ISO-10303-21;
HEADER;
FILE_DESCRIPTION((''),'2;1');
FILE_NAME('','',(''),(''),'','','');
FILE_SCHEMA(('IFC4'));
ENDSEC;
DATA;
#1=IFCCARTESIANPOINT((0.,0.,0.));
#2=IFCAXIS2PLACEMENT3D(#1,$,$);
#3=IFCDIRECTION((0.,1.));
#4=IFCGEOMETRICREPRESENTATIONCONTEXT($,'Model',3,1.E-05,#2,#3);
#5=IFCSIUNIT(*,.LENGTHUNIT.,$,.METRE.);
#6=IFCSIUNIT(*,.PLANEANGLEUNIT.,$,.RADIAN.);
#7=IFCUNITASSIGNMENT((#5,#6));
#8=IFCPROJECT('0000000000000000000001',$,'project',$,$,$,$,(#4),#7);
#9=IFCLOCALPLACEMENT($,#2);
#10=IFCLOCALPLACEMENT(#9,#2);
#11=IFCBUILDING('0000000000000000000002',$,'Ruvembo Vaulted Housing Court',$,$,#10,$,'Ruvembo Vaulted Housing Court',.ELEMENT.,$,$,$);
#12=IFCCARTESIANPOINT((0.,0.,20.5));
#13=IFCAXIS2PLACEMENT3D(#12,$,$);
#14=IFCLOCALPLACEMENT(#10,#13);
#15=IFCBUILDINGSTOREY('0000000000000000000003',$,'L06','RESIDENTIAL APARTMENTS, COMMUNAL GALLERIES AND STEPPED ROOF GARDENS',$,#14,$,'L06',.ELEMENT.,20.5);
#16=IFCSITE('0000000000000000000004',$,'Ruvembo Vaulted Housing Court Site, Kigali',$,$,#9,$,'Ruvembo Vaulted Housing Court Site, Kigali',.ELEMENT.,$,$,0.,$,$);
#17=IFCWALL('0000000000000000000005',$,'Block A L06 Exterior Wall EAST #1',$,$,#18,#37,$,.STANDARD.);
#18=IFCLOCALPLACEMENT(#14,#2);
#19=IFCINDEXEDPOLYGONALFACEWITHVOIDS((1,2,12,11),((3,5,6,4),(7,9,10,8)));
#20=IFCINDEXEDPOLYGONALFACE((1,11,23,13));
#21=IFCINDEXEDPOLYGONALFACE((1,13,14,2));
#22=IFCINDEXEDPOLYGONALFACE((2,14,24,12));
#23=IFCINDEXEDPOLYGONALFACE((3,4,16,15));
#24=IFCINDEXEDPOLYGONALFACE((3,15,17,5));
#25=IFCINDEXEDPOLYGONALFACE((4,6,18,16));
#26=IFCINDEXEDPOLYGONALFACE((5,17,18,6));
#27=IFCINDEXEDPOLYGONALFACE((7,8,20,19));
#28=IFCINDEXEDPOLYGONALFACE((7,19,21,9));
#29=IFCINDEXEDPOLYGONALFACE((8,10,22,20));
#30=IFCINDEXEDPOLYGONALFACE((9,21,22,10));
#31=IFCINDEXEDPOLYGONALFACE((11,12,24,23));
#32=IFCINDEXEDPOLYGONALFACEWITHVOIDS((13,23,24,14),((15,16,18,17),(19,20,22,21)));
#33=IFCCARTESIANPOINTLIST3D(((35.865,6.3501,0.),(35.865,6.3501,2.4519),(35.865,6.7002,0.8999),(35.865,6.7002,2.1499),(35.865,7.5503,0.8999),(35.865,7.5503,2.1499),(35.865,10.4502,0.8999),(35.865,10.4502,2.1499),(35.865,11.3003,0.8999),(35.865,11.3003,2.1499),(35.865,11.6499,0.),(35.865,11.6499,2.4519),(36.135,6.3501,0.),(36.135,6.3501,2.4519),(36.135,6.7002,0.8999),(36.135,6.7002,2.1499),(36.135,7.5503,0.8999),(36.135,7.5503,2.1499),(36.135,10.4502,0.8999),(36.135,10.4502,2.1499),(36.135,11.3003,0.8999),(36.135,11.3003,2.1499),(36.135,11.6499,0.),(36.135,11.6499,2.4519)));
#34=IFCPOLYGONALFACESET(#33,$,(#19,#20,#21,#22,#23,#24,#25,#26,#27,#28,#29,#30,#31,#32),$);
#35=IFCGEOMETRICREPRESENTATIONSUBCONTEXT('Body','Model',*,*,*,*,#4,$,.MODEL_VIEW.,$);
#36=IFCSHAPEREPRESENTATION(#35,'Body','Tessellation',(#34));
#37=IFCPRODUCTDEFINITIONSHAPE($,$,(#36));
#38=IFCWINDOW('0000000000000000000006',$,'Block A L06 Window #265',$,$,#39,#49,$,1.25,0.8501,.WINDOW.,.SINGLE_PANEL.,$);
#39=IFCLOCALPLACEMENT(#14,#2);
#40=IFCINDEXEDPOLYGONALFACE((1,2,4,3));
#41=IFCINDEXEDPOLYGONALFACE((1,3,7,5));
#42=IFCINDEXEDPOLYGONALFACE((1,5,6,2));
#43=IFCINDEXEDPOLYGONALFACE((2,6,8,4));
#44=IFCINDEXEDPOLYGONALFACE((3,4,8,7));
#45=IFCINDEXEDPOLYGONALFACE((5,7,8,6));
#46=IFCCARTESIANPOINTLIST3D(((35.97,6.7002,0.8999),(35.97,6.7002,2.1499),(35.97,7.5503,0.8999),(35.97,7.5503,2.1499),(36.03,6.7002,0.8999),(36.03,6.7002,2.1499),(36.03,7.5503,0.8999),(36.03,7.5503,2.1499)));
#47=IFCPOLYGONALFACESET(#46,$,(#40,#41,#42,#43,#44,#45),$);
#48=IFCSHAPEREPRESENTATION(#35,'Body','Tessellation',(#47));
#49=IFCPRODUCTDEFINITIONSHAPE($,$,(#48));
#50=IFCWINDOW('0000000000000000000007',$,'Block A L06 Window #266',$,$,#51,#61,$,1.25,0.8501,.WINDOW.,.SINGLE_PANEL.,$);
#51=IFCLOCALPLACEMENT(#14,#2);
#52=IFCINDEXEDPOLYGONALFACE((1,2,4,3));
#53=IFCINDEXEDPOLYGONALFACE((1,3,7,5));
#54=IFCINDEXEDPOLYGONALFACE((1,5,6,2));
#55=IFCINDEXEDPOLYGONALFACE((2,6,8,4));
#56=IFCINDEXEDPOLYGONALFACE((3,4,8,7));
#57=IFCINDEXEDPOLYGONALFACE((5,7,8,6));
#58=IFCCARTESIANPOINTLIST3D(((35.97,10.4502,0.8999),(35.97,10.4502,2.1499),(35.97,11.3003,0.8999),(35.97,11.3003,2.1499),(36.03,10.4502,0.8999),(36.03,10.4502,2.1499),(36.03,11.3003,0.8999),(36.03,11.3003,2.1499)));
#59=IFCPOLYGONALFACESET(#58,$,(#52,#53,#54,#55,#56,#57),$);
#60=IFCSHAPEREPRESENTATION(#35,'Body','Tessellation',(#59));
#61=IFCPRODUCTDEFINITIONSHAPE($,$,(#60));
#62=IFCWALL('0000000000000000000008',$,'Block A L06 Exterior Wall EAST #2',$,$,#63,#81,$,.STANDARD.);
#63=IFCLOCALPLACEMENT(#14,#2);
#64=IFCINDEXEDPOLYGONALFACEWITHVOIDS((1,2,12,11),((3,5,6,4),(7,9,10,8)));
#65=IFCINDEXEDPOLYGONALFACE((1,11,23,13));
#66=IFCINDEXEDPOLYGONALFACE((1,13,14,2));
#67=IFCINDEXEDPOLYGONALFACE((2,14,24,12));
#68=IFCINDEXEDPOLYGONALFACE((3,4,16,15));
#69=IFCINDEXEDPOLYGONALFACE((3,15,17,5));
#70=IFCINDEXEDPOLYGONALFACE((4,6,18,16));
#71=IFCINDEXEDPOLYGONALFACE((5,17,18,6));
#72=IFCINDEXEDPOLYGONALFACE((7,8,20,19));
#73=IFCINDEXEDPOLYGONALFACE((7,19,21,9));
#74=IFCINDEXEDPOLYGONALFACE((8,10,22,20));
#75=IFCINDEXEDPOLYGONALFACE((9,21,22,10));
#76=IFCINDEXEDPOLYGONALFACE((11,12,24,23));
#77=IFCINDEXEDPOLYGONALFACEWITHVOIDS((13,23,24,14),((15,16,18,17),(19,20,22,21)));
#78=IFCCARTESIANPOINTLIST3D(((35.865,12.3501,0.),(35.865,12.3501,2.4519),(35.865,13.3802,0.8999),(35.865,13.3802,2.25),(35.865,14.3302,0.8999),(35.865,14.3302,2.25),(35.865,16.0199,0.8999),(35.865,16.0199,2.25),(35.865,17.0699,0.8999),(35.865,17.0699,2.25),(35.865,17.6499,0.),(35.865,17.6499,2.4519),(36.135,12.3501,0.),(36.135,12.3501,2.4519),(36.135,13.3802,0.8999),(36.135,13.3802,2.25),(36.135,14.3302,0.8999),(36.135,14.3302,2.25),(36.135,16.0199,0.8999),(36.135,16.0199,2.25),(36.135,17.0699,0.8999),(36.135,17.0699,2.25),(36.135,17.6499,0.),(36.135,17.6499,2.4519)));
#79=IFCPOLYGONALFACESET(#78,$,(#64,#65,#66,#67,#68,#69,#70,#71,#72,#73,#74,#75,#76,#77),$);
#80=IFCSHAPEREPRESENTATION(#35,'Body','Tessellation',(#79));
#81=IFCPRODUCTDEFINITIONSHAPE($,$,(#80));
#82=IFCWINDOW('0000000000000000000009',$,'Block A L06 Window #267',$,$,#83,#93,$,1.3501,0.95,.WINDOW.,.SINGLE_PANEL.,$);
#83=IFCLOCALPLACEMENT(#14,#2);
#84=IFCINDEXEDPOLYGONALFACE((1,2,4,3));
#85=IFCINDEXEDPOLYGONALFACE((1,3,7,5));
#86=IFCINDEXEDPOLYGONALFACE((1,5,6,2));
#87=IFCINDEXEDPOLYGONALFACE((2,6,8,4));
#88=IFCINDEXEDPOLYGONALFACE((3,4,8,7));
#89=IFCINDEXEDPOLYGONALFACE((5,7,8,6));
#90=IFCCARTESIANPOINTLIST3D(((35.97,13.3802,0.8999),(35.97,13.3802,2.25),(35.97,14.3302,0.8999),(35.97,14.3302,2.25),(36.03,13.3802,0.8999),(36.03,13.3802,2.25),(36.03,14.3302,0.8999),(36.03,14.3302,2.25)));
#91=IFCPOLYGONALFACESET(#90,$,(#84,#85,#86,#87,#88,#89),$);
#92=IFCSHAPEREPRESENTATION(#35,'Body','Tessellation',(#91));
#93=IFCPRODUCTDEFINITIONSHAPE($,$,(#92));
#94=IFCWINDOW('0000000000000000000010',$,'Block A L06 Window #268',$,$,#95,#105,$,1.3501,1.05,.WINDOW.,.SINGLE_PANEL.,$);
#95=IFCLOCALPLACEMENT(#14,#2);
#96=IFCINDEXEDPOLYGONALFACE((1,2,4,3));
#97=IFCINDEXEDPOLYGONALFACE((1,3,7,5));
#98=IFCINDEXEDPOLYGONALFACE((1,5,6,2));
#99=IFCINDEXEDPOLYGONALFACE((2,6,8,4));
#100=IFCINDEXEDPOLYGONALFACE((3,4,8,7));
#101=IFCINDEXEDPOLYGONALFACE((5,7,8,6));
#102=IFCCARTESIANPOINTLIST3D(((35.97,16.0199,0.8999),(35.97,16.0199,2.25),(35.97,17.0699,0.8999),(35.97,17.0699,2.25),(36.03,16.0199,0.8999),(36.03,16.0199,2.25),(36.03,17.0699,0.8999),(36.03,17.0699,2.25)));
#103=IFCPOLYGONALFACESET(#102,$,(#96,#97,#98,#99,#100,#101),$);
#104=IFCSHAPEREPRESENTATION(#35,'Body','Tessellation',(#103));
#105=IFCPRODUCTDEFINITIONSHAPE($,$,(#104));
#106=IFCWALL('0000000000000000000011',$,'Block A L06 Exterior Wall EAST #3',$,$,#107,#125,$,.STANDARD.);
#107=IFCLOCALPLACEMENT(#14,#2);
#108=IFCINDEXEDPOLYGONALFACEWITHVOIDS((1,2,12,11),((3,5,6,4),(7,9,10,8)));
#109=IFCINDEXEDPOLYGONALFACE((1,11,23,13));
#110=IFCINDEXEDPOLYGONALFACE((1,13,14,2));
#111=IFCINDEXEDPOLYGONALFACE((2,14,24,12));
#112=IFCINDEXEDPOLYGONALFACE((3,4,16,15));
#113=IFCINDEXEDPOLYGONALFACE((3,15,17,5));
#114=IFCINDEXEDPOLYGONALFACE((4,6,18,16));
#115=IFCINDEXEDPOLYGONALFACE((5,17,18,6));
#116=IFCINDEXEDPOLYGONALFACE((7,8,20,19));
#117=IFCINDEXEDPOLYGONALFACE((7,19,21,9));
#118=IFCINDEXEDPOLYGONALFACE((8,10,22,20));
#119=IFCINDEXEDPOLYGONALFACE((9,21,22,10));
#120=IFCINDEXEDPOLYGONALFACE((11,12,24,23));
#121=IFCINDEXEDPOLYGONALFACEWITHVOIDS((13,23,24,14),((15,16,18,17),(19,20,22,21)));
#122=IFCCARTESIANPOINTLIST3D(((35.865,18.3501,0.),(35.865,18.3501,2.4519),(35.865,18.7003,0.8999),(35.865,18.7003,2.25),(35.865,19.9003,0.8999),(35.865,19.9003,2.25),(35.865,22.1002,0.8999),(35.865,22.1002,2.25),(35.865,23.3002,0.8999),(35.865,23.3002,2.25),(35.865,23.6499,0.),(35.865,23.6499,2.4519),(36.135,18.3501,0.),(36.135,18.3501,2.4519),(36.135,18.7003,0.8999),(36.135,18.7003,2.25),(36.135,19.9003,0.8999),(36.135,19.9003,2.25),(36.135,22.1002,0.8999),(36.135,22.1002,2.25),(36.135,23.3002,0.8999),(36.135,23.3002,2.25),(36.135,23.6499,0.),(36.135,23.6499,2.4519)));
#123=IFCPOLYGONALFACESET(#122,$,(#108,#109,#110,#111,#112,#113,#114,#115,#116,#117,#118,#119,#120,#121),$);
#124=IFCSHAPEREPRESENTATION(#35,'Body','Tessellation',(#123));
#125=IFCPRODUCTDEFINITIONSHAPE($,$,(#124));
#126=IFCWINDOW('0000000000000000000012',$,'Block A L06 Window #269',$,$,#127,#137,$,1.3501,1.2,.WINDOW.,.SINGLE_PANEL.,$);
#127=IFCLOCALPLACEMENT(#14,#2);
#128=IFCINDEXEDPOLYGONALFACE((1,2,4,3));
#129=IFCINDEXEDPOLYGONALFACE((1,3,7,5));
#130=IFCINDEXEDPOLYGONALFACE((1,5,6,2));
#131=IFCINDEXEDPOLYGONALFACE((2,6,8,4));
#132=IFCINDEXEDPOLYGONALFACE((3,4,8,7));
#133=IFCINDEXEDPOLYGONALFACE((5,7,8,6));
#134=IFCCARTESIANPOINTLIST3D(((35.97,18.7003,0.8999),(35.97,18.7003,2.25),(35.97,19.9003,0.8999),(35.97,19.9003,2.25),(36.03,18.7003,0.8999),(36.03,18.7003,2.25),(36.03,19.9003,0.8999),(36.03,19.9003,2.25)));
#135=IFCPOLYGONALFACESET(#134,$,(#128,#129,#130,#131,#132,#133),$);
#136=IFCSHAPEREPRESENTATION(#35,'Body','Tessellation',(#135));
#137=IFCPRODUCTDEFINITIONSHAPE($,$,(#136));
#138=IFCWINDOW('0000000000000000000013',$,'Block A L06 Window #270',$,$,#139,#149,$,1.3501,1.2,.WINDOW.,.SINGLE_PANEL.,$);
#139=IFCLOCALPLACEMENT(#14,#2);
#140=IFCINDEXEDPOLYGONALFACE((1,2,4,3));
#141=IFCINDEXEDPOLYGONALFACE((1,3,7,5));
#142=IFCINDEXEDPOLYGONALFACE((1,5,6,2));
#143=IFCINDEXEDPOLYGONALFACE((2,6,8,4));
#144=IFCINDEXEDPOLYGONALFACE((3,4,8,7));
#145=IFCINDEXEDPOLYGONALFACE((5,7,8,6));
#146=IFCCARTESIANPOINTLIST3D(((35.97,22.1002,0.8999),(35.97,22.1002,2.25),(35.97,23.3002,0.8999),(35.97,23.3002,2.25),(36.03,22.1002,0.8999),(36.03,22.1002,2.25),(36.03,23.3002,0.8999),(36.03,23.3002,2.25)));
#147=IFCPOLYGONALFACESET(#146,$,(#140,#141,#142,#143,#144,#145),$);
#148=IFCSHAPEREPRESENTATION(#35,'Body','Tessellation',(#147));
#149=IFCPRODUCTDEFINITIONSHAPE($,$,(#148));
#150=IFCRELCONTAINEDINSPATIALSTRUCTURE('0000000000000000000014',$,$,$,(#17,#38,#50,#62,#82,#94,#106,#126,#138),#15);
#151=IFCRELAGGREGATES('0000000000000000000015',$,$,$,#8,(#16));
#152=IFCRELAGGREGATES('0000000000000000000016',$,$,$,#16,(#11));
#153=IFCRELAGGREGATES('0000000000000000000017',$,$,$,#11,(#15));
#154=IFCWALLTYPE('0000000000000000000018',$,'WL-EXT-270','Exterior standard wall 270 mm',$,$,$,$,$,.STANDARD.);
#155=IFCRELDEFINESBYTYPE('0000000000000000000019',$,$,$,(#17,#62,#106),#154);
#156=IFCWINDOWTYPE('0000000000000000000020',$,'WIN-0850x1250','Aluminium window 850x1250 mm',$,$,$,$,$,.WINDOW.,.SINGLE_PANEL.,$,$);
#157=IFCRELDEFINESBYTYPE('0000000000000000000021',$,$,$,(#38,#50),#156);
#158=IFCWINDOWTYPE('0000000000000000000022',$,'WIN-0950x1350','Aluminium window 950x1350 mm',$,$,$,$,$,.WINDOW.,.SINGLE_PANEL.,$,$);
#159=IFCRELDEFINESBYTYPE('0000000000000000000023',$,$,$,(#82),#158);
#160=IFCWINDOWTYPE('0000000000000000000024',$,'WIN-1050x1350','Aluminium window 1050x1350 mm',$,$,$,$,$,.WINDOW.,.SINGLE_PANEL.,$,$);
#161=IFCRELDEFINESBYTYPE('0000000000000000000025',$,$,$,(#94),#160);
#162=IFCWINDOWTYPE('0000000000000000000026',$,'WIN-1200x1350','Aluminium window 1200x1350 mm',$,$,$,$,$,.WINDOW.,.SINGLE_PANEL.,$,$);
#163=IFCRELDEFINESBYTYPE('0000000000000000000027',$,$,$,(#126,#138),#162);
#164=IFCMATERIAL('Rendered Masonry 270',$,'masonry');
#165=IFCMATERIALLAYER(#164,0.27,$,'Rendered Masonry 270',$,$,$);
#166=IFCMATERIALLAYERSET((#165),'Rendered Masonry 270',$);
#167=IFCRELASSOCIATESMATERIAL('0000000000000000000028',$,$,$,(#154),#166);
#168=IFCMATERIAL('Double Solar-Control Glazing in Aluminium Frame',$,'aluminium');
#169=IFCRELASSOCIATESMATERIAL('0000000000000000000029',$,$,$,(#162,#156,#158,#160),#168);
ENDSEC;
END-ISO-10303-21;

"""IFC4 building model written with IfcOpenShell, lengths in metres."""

from ifc_helpers import new_model, si_unit, direction, frame, frame_2d, origin, place, context, subcontext, project, spatial, rectangle, extrude, material, layer, layer_set, type_object, element, fill, save


model = new_model("IFC4")

# Units and contexts
model_context = context("Model", 3, precision=1e-05, world=origin(), true_north=direction((0.0, 1.0)))
body_context = subcontext(model_context, "Body", "Model", "MODEL_VIEW")
ifc_project = project(units=[si_unit("LENGTHUNIT", "METRE"), si_unit("PLANEANGLEUNIT", "RADIAN")], contexts=[model_context])

# Site, building, storey
site_placement = place(None, origin())
site = spatial("IfcSite", under=ifc_project, at=site_placement, Name="Ruvembo Vaulted Housing Court Site, Kigali", LongName="Ruvembo Vaulted Housing Court Site, Kigali", CompositionType="ELEMENT", RefElevation=0.0)
building_placement = place(site_placement, origin())
building = spatial("IfcBuilding", under=site, at=building_placement, Name="Ruvembo Vaulted Housing Court", LongName="Ruvembo Vaulted Housing Court", CompositionType="ELEMENT")
storey_placement = place(building_placement, frame((0.0, 0.0, 20.5)))
storey = spatial("IfcBuildingStorey", under=building, at=storey_placement, Name="L06", Description="RESIDENTIAL APARTMENTS, COMMUNAL GALLERIES AND STEPPED ROOF GARDENS", LongName="L06", CompositionType="ELEMENT", Elevation=20.5)

# Walls, openings, windows
ifc_material_1 = material(Name="Rendered Masonry 270", Category="masonry")
ifc_layer_1 = layer(ifc_material_1, 0.27, Name="Rendered Masonry 270")
ifc_layer_set_1 = layer_set([ifc_layer_1], Name="Rendered Masonry 270")
wall_type_1 = type_object("IfcWallType", Name="WL-EXT-270", Description="Exterior standard wall 270 mm", PredefinedType="STANDARD", material=ifc_layer_set_1)
ifc_material_2 = material(Name="Double Solar-Control Glazing in Aluminium Frame", Category="aluminium")
window_type_1 = type_object("IfcWindowType", Name="WIN-1200x1350", Description="Aluminium window 1200x1350 mm", PartitioningType="SINGLE_PANEL", PredefinedType="WINDOW", material=ifc_material_2)
wall_1_placement = place(storey_placement, frame((36.0, 6.3501, 0.0), z_axis=(0.0, 0.0, 1.0), x_axis=(0.0, 1.0, 0.0)))
wall_1 = element("IfcWall", 1, at=wall_1_placement, inside=storey, type_object=wall_type_1, Name="Block A L06 Exterior Wall EAST #1", PredefinedType="STANDARD", context=body_context, shape_type="SweptSolid", body=[
    extrude(rectangle(XDim=5.2998, YDim=0.27, at=frame_2d((2.6499, 0.0))), origin(), (0.0, 0.0, 1.0), 2.4519),
])
opening_1_placement = place(wall_1_placement, frame((0.3501, 0.0, 0.8999)))
opening_1 = element("IfcOpeningElement", 2, at=opening_1_placement, cuts=wall_1, PredefinedType="OPENING", context=body_context, shape_type="SweptSolid", body=[
    extrude(rectangle(XDim=0.8501, YDim=1.25, at=frame_2d((0.425, 0.625))), frame((0.0, 0.145, 0.0), z_axis=(0.0, -1.0, 0.0), x_axis=(1.0, 0.0, 0.0)), (0.0, 0.0, 1.0), 0.29),
])
opening_2_placement = place(wall_1_placement, frame((4.1001, 0.0, 0.8999)))
opening_2 = element("IfcOpeningElement", 3, at=opening_2_placement, cuts=wall_1, PredefinedType="OPENING", context=body_context, shape_type="SweptSolid", body=[
    extrude(rectangle(XDim=0.8501, YDim=1.25, at=frame_2d((0.425, 0.625))), frame((0.0, 0.145, 0.0), z_axis=(0.0, -1.0, 0.0), x_axis=(1.0, 0.0, 0.0)), (0.0, 0.0, 1.0), 0.29),
])
window_type_2 = type_object("IfcWindowType", Name="WIN-0850x1250", Description="Aluminium window 850x1250 mm", PartitioningType="SINGLE_PANEL", PredefinedType="WINDOW", material=ifc_material_2)
window_1_placement = place(opening_1_placement, origin())
window_1 = element("IfcWindow", 4, at=window_1_placement, inside=storey, type_object=window_type_2, Name="Block A L06 Window #265", OverallHeight=1.25, OverallWidth=0.8501, PartitioningType="SINGLE_PANEL", PredefinedType="WINDOW", context=body_context, shape_type="SweptSolid", body=[
    extrude(rectangle(XDim=0.8501, YDim=1.25, at=frame_2d((0.425, 0.625))), frame((0.0, 0.03, 0.0), z_axis=(0.0, -1.0, 0.0), x_axis=(1.0, 0.0, 0.0)), (0.0, 0.0, 1.0), 0.0601),
])
fill(opening_1, window_1)
window_2_placement = place(opening_2_placement, origin())
window_2 = element("IfcWindow", 5, at=window_2_placement, inside=storey, type_object=window_type_2, Name="Block A L06 Window #266", OverallHeight=1.25, OverallWidth=0.8501, PartitioningType="SINGLE_PANEL", PredefinedType="WINDOW", context=body_context, shape_type="SweptSolid", body=[
    extrude(rectangle(XDim=0.8501, YDim=1.25, at=frame_2d((0.425, 0.625))), frame((0.0, 0.03, 0.0), z_axis=(0.0, -1.0, 0.0), x_axis=(1.0, 0.0, 0.0)), (0.0, 0.0, 1.0), 0.0601),
])
fill(opening_2, window_2)
wall_2_placement = place(storey_placement, frame((36.0, 12.3501, 0.0), z_axis=(0.0, 0.0, 1.0), x_axis=(0.0, 1.0, 0.0)))
wall_2 = element("IfcWall", 6, at=wall_2_placement, inside=storey, type_object=wall_type_1, Name="Block A L06 Exterior Wall EAST #2", PredefinedType="STANDARD", context=body_context, shape_type="SweptSolid", body=[
    extrude(rectangle(XDim=5.2998, YDim=0.27, at=frame_2d((2.6499, 0.0))), origin(), (0.0, 0.0, 1.0), 2.4519),
])
opening_3_placement = place(wall_2_placement, frame((1.03, 0.0, 0.8999)))
opening_3 = element("IfcOpeningElement", 7, at=opening_3_placement, cuts=wall_2, PredefinedType="OPENING", context=body_context, shape_type="SweptSolid", body=[
    extrude(rectangle(XDim=0.95, YDim=1.3501, at=frame_2d((0.4751, 0.675))), frame((0.0, 0.145, 0.0), z_axis=(0.0, -1.0, 0.0), x_axis=(1.0, 0.0, 0.0)), (0.0, 0.0, 1.0), 0.29),
])
opening_4_placement = place(wall_2_placement, frame((3.6699, 0.0, 0.8999)))
opening_4 = element("IfcOpeningElement", 8, at=opening_4_placement, cuts=wall_2, PredefinedType="OPENING", context=body_context, shape_type="SweptSolid", body=[
    extrude(rectangle(XDim=1.05, YDim=1.3501, at=frame_2d((0.5249, 0.675))), frame((0.0, 0.145, 0.0), z_axis=(0.0, -1.0, 0.0), x_axis=(1.0, 0.0, 0.0)), (0.0, 0.0, 1.0), 0.29),
])
window_type_3 = type_object("IfcWindowType", Name="WIN-0950x1350", Description="Aluminium window 950x1350 mm", PartitioningType="SINGLE_PANEL", PredefinedType="WINDOW", material=ifc_material_2)
window_3_placement = place(opening_3_placement, origin())
window_3 = element("IfcWindow", 9, at=window_3_placement, inside=storey, type_object=window_type_3, Name="Block A L06 Window #267", OverallHeight=1.3501, OverallWidth=0.95, PartitioningType="SINGLE_PANEL", PredefinedType="WINDOW", context=body_context, shape_type="SweptSolid", body=[
    extrude(rectangle(XDim=0.95, YDim=1.3501, at=frame_2d((0.4751, 0.675))), frame((0.0, 0.03, 0.0), z_axis=(0.0, -1.0, 0.0), x_axis=(1.0, 0.0, 0.0)), (0.0, 0.0, 1.0), 0.0601),
])
fill(opening_3, window_3)
window_type_4 = type_object("IfcWindowType", Name="WIN-1050x1350", Description="Aluminium window 1050x1350 mm", PartitioningType="SINGLE_PANEL", PredefinedType="WINDOW", material=ifc_material_2)
window_4_placement = place(opening_4_placement, origin())
window_4 = element("IfcWindow", 10, at=window_4_placement, inside=storey, type_object=window_type_4, Name="Block A L06 Window #268", OverallHeight=1.3501, OverallWidth=1.05, PartitioningType="SINGLE_PANEL", PredefinedType="WINDOW", context=body_context, shape_type="SweptSolid", body=[
    extrude(rectangle(XDim=1.05, YDim=1.3501, at=frame_2d((0.5249, 0.675))), frame((0.0, 0.03, 0.0), z_axis=(0.0, -1.0, 0.0), x_axis=(1.0, 0.0, 0.0)), (0.0, 0.0, 1.0), 0.0601),
])
fill(opening_4, window_4)
wall_3_placement = place(storey_placement, frame((36.0, 18.3501, 0.0), z_axis=(0.0, 0.0, 1.0), x_axis=(0.0, 1.0, 0.0)))
wall_3 = element("IfcWall", 11, at=wall_3_placement, inside=storey, type_object=wall_type_1, Name="Block A L06 Exterior Wall EAST #3", PredefinedType="STANDARD", context=body_context, shape_type="SweptSolid", body=[
    extrude(rectangle(XDim=5.2998, YDim=0.27, at=frame_2d((2.6499, 0.0))), origin(), (0.0, 0.0, 1.0), 2.4519),
])
opening_5_placement = place(wall_3_placement, frame((0.3501, 0.0, 0.8999)))
opening_5 = element("IfcOpeningElement", 12, at=opening_5_placement, cuts=wall_3, PredefinedType="OPENING", context=body_context, shape_type="SweptSolid", body=[
    extrude(rectangle(XDim=1.2, YDim=1.3501, at=frame_2d((0.6001, 0.675))), frame((0.0, 0.145, 0.0), z_axis=(0.0, -1.0, 0.0), x_axis=(1.0, 0.0, 0.0)), (0.0, 0.0, 1.0), 0.29),
])
opening_6_placement = place(wall_3_placement, frame((3.75, 0.0, 0.8999)))
opening_6 = element("IfcOpeningElement", 13, at=opening_6_placement, cuts=wall_3, PredefinedType="OPENING", context=body_context, shape_type="SweptSolid", body=[
    extrude(rectangle(XDim=1.2, YDim=1.3501, at=frame_2d((0.6001, 0.675))), frame((0.0, 0.145, 0.0), z_axis=(0.0, -1.0, 0.0), x_axis=(1.0, 0.0, 0.0)), (0.0, 0.0, 1.0), 0.29),
])
window_5_placement = place(opening_5_placement, origin())
window_5 = element("IfcWindow", 14, at=window_5_placement, inside=storey, type_object=window_type_1, Name="Block A L06 Window #269", OverallHeight=1.3501, OverallWidth=1.2, PartitioningType="SINGLE_PANEL", PredefinedType="WINDOW", context=body_context, shape_type="SweptSolid", body=[
    extrude(rectangle(XDim=1.2, YDim=1.3501, at=frame_2d((0.6001, 0.675))), frame((0.0, 0.03, 0.0), z_axis=(0.0, -1.0, 0.0), x_axis=(1.0, 0.0, 0.0)), (0.0, 0.0, 1.0), 0.0601),
])
fill(opening_5, window_5)
window_6_placement = place(opening_6_placement, origin())
window_6 = element("IfcWindow", 15, at=window_6_placement, inside=storey, type_object=window_type_1, Name="Block A L06 Window #270", OverallHeight=1.3501, OverallWidth=1.2, PartitioningType="SINGLE_PANEL", PredefinedType="WINDOW", context=body_context, shape_type="SweptSolid", body=[
    extrude(rectangle(XDim=1.2, YDim=1.3501, at=frame_2d((0.6001, 0.675))), frame((0.0, 0.03, 0.0), z_axis=(0.0, -1.0, 0.0), x_axis=(1.0, 0.0, 0.0)), (0.0, 0.0, 1.0), 0.0601),
])
fill(opening_6, window_6)

save(model, "model.ifc")
